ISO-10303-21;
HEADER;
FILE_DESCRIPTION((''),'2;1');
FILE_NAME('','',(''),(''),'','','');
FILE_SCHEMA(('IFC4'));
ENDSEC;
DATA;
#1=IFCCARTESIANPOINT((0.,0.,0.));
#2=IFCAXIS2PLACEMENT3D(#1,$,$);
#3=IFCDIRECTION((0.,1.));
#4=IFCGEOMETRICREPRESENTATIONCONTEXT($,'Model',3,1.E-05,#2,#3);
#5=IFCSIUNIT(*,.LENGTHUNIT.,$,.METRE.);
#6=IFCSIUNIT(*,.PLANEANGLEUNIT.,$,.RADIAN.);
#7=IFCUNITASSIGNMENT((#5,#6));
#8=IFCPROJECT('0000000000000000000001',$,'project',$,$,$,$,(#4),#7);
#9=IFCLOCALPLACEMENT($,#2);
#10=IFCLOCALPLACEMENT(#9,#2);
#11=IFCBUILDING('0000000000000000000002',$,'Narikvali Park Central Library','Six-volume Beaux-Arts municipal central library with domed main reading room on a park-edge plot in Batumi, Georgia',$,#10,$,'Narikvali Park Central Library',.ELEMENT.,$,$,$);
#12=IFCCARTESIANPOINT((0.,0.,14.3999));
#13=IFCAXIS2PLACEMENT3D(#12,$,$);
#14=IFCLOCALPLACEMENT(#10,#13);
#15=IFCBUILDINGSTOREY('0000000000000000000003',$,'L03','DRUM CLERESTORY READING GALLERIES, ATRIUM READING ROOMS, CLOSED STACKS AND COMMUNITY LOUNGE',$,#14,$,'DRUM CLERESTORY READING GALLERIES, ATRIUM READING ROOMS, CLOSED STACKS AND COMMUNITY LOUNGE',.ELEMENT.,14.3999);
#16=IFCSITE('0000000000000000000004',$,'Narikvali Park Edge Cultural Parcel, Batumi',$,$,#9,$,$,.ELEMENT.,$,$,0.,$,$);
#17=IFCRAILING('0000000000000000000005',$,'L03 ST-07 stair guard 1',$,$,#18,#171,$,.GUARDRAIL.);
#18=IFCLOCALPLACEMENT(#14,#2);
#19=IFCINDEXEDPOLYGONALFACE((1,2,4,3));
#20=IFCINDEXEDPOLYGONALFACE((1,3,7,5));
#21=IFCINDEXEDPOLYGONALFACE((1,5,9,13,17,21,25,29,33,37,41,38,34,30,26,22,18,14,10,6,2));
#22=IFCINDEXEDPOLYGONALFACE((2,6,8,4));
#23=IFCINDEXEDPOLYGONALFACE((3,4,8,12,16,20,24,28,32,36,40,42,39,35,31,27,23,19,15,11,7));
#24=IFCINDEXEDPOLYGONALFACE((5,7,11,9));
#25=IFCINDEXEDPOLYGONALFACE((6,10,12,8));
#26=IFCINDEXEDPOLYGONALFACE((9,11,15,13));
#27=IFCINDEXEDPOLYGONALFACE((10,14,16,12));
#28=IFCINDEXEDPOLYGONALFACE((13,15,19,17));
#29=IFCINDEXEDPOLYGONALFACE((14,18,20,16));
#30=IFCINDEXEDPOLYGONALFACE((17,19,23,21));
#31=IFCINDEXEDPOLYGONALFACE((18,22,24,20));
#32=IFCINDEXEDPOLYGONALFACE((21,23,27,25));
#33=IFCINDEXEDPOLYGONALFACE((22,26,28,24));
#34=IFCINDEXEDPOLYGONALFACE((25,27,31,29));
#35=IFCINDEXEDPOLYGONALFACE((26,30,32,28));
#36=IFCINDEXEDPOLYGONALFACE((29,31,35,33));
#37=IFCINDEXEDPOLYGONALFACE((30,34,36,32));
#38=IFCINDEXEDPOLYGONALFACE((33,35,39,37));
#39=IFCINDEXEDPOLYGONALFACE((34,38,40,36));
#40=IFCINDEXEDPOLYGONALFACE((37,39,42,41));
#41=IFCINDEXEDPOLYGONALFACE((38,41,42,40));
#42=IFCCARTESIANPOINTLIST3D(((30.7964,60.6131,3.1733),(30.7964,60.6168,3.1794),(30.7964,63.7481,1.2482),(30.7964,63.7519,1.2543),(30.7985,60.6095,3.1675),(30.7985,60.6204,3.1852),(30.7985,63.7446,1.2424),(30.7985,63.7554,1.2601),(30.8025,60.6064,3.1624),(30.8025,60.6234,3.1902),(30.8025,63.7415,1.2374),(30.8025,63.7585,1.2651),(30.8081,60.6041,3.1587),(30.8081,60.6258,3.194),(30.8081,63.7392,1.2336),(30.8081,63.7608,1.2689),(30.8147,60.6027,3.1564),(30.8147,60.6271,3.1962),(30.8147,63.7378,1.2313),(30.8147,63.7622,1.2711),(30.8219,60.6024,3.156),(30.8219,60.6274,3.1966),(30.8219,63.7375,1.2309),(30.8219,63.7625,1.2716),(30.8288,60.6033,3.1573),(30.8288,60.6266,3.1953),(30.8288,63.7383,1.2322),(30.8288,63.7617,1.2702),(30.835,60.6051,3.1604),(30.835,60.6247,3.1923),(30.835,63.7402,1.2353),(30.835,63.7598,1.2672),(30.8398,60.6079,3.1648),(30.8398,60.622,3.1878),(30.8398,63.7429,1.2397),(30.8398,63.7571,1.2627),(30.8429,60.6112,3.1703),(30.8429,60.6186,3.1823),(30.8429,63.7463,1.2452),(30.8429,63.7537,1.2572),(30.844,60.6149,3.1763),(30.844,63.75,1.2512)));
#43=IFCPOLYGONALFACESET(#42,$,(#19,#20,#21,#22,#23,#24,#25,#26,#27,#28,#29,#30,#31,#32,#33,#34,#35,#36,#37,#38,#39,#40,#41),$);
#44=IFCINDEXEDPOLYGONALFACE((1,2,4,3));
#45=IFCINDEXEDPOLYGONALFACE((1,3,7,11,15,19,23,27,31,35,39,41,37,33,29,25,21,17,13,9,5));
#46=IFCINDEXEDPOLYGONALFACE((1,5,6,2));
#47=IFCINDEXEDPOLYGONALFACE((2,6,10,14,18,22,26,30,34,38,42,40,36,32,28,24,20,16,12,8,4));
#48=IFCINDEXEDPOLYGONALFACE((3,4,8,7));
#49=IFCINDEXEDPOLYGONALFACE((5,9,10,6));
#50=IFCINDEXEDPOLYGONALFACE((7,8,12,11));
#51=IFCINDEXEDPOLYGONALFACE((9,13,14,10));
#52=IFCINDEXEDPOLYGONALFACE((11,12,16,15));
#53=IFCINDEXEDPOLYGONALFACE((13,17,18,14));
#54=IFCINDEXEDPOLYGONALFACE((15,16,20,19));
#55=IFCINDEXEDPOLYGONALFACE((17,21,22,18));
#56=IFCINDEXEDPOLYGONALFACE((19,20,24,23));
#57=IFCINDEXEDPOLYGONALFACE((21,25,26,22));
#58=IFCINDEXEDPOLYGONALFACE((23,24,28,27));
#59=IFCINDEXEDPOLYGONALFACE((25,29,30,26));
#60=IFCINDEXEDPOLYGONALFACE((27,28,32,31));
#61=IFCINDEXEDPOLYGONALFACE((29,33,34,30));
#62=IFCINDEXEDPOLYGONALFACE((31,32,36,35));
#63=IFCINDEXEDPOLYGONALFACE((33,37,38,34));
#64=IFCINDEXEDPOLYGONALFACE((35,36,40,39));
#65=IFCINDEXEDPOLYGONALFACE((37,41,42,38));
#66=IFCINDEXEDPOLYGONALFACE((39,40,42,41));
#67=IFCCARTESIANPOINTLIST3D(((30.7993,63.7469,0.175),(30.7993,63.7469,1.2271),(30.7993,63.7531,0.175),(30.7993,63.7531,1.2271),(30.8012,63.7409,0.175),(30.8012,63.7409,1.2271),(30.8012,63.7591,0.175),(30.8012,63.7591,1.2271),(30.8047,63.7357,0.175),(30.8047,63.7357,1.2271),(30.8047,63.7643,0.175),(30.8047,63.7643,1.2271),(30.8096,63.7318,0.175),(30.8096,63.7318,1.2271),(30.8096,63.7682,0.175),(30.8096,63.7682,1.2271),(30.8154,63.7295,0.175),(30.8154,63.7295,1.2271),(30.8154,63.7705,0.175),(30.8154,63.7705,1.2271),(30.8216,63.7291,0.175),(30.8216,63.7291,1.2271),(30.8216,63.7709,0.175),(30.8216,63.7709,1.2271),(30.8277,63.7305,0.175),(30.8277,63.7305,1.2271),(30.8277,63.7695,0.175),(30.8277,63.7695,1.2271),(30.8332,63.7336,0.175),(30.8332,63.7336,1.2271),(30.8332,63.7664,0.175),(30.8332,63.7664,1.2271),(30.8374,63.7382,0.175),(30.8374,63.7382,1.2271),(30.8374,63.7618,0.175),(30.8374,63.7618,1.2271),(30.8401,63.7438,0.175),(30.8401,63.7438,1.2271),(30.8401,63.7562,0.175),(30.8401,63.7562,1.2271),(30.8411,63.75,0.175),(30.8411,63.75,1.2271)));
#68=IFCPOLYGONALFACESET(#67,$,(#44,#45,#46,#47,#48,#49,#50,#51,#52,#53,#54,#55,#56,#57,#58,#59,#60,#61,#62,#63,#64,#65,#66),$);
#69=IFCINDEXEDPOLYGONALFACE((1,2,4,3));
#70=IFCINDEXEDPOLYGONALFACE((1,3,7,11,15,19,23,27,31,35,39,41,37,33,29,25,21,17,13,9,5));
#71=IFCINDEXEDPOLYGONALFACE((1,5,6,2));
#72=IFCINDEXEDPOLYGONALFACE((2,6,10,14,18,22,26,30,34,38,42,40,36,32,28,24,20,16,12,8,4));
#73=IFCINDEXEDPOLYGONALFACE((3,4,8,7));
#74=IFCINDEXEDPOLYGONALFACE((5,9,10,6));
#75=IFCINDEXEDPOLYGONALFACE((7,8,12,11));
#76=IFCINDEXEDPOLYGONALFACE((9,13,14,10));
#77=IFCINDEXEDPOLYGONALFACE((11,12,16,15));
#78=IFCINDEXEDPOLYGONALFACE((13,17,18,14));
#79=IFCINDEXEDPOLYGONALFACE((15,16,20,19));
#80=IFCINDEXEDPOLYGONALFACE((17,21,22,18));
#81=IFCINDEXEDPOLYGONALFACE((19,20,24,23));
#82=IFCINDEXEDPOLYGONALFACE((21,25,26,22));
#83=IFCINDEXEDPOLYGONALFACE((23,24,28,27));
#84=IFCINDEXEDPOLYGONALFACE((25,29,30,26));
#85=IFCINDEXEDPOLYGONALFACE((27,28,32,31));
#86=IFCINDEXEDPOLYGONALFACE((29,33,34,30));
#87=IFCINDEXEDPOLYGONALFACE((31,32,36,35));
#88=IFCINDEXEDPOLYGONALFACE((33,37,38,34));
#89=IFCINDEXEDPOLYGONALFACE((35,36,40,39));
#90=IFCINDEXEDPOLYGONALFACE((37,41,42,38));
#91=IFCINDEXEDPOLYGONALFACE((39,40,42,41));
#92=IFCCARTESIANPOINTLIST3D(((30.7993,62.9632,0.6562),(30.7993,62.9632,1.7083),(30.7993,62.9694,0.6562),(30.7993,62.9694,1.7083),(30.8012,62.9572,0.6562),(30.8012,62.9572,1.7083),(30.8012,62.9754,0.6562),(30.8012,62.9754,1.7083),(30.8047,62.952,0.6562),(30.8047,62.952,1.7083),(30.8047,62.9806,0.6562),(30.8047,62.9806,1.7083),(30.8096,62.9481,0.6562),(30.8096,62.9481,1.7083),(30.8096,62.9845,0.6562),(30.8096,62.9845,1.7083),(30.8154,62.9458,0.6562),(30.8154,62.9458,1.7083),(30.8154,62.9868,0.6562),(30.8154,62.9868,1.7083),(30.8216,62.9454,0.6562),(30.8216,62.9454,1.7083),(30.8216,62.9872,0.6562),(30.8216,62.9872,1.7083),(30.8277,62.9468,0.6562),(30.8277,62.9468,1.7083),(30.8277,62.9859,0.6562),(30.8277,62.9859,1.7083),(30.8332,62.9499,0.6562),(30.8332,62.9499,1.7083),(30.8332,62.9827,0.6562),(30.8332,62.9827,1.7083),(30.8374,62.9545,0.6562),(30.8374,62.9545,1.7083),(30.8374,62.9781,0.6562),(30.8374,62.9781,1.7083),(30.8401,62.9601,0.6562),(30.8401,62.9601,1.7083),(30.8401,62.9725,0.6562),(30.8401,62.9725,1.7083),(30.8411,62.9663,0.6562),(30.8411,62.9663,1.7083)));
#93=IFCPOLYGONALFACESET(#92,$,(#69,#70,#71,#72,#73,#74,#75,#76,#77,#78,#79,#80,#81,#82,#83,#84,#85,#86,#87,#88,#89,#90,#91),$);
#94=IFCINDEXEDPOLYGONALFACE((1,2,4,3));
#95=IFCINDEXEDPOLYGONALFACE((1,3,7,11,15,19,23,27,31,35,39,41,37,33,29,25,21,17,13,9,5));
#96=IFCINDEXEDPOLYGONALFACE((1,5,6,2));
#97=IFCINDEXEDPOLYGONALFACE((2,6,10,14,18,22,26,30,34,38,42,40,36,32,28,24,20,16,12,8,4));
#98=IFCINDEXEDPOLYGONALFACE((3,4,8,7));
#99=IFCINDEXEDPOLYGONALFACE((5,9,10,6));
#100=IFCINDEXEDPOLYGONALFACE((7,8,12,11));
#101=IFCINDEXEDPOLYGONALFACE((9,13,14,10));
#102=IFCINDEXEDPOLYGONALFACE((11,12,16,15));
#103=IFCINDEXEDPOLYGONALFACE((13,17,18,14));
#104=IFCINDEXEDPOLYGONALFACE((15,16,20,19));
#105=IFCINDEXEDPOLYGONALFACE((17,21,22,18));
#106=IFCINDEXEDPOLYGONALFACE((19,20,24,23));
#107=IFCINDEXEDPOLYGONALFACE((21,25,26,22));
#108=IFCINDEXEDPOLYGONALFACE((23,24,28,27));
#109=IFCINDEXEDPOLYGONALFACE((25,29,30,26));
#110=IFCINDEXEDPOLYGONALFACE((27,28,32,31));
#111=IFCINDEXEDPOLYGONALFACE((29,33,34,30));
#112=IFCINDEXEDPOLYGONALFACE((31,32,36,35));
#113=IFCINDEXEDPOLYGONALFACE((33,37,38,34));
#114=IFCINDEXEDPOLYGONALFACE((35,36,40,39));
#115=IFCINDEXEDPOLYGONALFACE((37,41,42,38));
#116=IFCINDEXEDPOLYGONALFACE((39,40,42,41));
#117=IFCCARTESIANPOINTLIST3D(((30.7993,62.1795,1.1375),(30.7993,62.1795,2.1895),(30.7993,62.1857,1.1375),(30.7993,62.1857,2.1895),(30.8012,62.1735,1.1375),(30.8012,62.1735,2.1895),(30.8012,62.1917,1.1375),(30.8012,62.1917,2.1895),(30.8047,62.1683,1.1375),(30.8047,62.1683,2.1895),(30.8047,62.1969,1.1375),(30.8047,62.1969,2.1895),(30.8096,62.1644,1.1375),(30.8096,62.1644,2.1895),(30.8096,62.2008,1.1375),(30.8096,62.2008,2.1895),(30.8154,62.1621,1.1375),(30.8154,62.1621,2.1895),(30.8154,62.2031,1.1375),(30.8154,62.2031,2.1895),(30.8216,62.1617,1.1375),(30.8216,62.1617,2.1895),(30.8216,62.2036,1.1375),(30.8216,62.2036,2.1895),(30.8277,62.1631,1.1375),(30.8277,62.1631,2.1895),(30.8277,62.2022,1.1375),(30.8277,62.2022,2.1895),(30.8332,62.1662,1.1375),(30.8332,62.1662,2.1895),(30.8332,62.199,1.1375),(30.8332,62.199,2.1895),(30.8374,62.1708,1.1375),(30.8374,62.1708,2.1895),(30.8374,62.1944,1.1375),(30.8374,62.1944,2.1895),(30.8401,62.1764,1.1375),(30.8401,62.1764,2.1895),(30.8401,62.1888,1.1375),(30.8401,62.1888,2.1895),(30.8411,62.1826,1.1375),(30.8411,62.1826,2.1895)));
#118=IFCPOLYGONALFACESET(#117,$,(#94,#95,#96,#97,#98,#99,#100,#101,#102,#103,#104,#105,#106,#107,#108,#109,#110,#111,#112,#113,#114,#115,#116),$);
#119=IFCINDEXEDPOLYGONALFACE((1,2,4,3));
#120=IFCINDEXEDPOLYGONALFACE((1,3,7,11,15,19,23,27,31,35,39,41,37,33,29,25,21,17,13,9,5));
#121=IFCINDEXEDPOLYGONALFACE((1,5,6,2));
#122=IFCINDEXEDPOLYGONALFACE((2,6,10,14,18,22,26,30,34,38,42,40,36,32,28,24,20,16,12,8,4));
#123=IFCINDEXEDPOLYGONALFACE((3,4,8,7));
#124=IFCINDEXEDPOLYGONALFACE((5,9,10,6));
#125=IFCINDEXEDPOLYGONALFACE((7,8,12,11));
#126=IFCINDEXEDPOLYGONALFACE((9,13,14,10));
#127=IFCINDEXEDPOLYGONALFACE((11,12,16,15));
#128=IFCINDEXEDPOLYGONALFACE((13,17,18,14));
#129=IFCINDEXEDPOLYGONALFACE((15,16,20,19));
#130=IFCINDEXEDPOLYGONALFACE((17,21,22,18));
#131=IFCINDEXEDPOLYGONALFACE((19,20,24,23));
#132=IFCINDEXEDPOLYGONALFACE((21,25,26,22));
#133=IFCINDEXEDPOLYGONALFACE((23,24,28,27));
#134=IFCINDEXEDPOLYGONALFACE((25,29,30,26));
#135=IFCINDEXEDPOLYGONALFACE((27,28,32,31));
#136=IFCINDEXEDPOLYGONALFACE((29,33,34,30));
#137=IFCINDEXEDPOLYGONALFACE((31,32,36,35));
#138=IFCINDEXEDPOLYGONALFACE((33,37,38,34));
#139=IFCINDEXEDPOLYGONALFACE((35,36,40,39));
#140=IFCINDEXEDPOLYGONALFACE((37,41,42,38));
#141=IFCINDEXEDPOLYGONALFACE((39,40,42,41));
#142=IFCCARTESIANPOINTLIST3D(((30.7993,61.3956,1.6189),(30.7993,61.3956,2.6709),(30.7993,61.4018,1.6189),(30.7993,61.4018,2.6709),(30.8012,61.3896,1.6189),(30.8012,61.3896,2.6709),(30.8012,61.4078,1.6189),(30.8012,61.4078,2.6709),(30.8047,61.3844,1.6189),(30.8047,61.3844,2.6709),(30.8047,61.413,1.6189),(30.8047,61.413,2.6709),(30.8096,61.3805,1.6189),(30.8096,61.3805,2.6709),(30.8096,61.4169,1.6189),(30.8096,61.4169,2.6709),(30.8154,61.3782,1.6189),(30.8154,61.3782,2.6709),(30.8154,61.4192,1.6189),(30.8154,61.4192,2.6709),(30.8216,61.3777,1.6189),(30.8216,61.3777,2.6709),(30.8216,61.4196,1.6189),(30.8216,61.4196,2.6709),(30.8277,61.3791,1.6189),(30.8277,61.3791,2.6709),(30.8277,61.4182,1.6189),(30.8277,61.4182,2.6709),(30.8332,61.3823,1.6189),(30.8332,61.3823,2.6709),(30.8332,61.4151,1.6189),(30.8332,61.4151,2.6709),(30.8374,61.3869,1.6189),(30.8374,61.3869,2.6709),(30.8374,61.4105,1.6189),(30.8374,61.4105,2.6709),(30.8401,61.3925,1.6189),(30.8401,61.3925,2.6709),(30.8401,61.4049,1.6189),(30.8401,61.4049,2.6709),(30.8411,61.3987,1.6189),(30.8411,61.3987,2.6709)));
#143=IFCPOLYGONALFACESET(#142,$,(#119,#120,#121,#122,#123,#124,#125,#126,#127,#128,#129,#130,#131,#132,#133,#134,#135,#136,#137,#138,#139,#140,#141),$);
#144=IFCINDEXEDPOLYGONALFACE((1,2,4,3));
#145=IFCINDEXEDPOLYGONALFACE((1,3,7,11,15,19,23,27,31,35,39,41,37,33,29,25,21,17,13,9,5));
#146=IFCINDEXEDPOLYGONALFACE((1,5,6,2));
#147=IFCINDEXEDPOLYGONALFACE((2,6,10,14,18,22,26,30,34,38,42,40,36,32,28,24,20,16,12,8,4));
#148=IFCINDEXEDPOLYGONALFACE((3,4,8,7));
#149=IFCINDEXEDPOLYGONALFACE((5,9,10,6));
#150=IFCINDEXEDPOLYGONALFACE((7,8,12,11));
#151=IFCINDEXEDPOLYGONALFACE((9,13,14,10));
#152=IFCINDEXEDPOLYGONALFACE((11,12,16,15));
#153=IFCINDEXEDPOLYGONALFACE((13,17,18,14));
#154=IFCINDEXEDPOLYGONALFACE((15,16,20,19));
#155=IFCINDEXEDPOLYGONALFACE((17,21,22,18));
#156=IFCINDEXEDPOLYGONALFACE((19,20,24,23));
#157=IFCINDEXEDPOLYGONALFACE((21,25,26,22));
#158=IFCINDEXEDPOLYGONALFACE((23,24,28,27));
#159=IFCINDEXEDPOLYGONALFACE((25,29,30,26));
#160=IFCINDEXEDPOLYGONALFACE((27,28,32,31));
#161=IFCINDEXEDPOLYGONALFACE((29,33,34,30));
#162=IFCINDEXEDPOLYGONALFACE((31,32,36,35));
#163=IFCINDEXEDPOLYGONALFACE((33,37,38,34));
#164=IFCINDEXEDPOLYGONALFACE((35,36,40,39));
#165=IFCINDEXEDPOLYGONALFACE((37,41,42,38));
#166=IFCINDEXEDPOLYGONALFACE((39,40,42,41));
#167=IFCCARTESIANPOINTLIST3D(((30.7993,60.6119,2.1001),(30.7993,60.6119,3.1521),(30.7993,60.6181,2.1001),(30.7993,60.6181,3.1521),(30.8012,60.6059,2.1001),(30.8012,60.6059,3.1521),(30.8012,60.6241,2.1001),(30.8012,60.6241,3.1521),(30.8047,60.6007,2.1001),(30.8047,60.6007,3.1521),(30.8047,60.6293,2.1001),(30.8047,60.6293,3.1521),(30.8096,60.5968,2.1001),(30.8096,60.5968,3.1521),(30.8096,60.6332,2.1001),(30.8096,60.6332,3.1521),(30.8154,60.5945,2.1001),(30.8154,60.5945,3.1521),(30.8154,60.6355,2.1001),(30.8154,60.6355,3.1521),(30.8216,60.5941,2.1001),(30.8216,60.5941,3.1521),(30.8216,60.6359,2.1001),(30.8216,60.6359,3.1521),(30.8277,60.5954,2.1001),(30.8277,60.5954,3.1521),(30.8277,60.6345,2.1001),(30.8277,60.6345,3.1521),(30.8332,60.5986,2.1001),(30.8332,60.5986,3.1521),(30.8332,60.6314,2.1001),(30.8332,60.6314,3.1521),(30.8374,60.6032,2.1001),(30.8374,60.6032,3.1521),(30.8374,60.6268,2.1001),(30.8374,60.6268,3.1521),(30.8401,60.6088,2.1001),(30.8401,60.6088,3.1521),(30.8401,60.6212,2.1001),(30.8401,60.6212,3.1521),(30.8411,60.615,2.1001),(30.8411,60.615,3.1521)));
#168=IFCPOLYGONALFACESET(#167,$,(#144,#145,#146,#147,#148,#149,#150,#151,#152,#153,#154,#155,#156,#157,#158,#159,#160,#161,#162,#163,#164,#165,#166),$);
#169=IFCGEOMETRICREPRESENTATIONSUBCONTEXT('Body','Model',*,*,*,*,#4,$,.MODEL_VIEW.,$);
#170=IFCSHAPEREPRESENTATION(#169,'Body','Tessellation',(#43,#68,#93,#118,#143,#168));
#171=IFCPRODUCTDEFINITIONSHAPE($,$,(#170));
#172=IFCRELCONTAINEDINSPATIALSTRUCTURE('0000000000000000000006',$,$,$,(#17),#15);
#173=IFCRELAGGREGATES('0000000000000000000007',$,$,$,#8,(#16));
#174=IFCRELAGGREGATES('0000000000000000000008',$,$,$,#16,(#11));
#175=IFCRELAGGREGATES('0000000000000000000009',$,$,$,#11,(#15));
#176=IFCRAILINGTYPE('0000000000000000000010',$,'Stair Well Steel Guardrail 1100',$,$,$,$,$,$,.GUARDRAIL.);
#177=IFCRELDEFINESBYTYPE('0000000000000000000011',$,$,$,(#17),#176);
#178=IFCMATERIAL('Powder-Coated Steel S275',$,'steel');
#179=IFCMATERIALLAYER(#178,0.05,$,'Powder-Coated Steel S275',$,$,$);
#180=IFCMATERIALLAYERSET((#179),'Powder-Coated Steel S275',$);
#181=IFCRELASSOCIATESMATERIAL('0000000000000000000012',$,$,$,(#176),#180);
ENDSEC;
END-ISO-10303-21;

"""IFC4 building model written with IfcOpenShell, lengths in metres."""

from ifc_helpers import new_model, si_unit, direction, frame, origin, origin_2d, place, context, subcontext, project, spatial, circle, extrude, material, layer, layer_set, type_object, element, save


model = new_model("IFC4")

# Units and contexts
model_context = context("Model", 3, precision=1e-05, world=origin(), true_north=direction((0.0, 1.0)))
body_context = subcontext(model_context, "Body", "Model", "MODEL_VIEW")
ifc_project = project(units=[si_unit("LENGTHUNIT", "METRE"), si_unit("PLANEANGLEUNIT", "RADIAN")], contexts=[model_context])

# Site, building, storey
site_placement = place(None, origin())
site = spatial("IfcSite", under=ifc_project, at=site_placement, Name="Narikvali Park Edge Cultural Parcel, Batumi", CompositionType="ELEMENT", RefElevation=0.0)
building_placement = place(site_placement, origin())
building = spatial("IfcBuilding", under=site, at=building_placement, Name="Narikvali Park Central Library", Description="Six-volume Beaux-Arts municipal central library with domed main reading room on a park-edge plot in Batumi, Georgia", LongName="Narikvali Park Central Library", CompositionType="ELEMENT")
storey_placement = place(building_placement, frame((0.0, 0.0, 14.3999)))
storey = spatial("IfcBuildingStorey", under=building, at=storey_placement, Name="L03", Description="DRUM CLERESTORY READING GALLERIES, ATRIUM READING ROOMS, CLOSED STACKS AND COMMUNITY LOUNGE", LongName="DRUM CLERESTORY READING GALLERIES, ATRIUM READING ROOMS, CLOSED STACKS AND COMMUNITY LOUNGE", CompositionType="ELEMENT", Elevation=14.3999)

# Railing
ifc_material_1 = material(Name="Powder-Coated Steel S275", Category="steel")
ifc_layer_1 = layer(ifc_material_1, 0.05, Name="Powder-Coated Steel S275")
ifc_layer_set_1 = layer_set([ifc_layer_1], Name="Powder-Coated Steel S275")
railing_type_1 = type_object("IfcRailingType", Name="Stair Well Steel Guardrail 1100", PredefinedType="GUARDRAIL", material=ifc_layer_set_1)
railing_1_placement = place(storey_placement, frame((30.8201, 63.75, 0.175)))
element("IfcRailing", 1, at=railing_1_placement, inside=storey, type_object=railing_type_1, Name="L03 ST-07 stair guard 1", PredefinedType="GUARDRAIL", context=body_context, shape_type="SweptSolid", body=[
    extrude(circle(Radius=0.0239, at=origin_2d()), frame((0.0, 0.0, 1.0762), z_axis=(0.0, -0.852166, 0.523271), x_axis=(1.0, 0.0, 0.0)), (0.0, 0.0, 1.0), 3.679),
    extrude(circle(Radius=0.021, at=origin_2d()), origin(), (0.0, 0.0, 1.0), 1.052),
    extrude(circle(Radius=0.021, at=origin_2d()), frame((0.0, -0.7837, 0.4812)), (0.0, 0.0, 1.0), 1.052),
    extrude(circle(Radius=0.021, at=origin_2d()), frame((0.0, -1.5674, 0.9624)), (0.0, 0.0, 1.0), 1.052),
    extrude(circle(Radius=0.021, at=origin_2d()), frame((0.0, -2.3513, 1.4438)), (0.0, 0.0, 1.0), 1.052),
    extrude(circle(Radius=0.021, at=origin_2d()), frame((0.0, -3.135, 1.925)), (0.0, 0.0, 1.0), 1.052),
])

save(model, "model.ifc")
